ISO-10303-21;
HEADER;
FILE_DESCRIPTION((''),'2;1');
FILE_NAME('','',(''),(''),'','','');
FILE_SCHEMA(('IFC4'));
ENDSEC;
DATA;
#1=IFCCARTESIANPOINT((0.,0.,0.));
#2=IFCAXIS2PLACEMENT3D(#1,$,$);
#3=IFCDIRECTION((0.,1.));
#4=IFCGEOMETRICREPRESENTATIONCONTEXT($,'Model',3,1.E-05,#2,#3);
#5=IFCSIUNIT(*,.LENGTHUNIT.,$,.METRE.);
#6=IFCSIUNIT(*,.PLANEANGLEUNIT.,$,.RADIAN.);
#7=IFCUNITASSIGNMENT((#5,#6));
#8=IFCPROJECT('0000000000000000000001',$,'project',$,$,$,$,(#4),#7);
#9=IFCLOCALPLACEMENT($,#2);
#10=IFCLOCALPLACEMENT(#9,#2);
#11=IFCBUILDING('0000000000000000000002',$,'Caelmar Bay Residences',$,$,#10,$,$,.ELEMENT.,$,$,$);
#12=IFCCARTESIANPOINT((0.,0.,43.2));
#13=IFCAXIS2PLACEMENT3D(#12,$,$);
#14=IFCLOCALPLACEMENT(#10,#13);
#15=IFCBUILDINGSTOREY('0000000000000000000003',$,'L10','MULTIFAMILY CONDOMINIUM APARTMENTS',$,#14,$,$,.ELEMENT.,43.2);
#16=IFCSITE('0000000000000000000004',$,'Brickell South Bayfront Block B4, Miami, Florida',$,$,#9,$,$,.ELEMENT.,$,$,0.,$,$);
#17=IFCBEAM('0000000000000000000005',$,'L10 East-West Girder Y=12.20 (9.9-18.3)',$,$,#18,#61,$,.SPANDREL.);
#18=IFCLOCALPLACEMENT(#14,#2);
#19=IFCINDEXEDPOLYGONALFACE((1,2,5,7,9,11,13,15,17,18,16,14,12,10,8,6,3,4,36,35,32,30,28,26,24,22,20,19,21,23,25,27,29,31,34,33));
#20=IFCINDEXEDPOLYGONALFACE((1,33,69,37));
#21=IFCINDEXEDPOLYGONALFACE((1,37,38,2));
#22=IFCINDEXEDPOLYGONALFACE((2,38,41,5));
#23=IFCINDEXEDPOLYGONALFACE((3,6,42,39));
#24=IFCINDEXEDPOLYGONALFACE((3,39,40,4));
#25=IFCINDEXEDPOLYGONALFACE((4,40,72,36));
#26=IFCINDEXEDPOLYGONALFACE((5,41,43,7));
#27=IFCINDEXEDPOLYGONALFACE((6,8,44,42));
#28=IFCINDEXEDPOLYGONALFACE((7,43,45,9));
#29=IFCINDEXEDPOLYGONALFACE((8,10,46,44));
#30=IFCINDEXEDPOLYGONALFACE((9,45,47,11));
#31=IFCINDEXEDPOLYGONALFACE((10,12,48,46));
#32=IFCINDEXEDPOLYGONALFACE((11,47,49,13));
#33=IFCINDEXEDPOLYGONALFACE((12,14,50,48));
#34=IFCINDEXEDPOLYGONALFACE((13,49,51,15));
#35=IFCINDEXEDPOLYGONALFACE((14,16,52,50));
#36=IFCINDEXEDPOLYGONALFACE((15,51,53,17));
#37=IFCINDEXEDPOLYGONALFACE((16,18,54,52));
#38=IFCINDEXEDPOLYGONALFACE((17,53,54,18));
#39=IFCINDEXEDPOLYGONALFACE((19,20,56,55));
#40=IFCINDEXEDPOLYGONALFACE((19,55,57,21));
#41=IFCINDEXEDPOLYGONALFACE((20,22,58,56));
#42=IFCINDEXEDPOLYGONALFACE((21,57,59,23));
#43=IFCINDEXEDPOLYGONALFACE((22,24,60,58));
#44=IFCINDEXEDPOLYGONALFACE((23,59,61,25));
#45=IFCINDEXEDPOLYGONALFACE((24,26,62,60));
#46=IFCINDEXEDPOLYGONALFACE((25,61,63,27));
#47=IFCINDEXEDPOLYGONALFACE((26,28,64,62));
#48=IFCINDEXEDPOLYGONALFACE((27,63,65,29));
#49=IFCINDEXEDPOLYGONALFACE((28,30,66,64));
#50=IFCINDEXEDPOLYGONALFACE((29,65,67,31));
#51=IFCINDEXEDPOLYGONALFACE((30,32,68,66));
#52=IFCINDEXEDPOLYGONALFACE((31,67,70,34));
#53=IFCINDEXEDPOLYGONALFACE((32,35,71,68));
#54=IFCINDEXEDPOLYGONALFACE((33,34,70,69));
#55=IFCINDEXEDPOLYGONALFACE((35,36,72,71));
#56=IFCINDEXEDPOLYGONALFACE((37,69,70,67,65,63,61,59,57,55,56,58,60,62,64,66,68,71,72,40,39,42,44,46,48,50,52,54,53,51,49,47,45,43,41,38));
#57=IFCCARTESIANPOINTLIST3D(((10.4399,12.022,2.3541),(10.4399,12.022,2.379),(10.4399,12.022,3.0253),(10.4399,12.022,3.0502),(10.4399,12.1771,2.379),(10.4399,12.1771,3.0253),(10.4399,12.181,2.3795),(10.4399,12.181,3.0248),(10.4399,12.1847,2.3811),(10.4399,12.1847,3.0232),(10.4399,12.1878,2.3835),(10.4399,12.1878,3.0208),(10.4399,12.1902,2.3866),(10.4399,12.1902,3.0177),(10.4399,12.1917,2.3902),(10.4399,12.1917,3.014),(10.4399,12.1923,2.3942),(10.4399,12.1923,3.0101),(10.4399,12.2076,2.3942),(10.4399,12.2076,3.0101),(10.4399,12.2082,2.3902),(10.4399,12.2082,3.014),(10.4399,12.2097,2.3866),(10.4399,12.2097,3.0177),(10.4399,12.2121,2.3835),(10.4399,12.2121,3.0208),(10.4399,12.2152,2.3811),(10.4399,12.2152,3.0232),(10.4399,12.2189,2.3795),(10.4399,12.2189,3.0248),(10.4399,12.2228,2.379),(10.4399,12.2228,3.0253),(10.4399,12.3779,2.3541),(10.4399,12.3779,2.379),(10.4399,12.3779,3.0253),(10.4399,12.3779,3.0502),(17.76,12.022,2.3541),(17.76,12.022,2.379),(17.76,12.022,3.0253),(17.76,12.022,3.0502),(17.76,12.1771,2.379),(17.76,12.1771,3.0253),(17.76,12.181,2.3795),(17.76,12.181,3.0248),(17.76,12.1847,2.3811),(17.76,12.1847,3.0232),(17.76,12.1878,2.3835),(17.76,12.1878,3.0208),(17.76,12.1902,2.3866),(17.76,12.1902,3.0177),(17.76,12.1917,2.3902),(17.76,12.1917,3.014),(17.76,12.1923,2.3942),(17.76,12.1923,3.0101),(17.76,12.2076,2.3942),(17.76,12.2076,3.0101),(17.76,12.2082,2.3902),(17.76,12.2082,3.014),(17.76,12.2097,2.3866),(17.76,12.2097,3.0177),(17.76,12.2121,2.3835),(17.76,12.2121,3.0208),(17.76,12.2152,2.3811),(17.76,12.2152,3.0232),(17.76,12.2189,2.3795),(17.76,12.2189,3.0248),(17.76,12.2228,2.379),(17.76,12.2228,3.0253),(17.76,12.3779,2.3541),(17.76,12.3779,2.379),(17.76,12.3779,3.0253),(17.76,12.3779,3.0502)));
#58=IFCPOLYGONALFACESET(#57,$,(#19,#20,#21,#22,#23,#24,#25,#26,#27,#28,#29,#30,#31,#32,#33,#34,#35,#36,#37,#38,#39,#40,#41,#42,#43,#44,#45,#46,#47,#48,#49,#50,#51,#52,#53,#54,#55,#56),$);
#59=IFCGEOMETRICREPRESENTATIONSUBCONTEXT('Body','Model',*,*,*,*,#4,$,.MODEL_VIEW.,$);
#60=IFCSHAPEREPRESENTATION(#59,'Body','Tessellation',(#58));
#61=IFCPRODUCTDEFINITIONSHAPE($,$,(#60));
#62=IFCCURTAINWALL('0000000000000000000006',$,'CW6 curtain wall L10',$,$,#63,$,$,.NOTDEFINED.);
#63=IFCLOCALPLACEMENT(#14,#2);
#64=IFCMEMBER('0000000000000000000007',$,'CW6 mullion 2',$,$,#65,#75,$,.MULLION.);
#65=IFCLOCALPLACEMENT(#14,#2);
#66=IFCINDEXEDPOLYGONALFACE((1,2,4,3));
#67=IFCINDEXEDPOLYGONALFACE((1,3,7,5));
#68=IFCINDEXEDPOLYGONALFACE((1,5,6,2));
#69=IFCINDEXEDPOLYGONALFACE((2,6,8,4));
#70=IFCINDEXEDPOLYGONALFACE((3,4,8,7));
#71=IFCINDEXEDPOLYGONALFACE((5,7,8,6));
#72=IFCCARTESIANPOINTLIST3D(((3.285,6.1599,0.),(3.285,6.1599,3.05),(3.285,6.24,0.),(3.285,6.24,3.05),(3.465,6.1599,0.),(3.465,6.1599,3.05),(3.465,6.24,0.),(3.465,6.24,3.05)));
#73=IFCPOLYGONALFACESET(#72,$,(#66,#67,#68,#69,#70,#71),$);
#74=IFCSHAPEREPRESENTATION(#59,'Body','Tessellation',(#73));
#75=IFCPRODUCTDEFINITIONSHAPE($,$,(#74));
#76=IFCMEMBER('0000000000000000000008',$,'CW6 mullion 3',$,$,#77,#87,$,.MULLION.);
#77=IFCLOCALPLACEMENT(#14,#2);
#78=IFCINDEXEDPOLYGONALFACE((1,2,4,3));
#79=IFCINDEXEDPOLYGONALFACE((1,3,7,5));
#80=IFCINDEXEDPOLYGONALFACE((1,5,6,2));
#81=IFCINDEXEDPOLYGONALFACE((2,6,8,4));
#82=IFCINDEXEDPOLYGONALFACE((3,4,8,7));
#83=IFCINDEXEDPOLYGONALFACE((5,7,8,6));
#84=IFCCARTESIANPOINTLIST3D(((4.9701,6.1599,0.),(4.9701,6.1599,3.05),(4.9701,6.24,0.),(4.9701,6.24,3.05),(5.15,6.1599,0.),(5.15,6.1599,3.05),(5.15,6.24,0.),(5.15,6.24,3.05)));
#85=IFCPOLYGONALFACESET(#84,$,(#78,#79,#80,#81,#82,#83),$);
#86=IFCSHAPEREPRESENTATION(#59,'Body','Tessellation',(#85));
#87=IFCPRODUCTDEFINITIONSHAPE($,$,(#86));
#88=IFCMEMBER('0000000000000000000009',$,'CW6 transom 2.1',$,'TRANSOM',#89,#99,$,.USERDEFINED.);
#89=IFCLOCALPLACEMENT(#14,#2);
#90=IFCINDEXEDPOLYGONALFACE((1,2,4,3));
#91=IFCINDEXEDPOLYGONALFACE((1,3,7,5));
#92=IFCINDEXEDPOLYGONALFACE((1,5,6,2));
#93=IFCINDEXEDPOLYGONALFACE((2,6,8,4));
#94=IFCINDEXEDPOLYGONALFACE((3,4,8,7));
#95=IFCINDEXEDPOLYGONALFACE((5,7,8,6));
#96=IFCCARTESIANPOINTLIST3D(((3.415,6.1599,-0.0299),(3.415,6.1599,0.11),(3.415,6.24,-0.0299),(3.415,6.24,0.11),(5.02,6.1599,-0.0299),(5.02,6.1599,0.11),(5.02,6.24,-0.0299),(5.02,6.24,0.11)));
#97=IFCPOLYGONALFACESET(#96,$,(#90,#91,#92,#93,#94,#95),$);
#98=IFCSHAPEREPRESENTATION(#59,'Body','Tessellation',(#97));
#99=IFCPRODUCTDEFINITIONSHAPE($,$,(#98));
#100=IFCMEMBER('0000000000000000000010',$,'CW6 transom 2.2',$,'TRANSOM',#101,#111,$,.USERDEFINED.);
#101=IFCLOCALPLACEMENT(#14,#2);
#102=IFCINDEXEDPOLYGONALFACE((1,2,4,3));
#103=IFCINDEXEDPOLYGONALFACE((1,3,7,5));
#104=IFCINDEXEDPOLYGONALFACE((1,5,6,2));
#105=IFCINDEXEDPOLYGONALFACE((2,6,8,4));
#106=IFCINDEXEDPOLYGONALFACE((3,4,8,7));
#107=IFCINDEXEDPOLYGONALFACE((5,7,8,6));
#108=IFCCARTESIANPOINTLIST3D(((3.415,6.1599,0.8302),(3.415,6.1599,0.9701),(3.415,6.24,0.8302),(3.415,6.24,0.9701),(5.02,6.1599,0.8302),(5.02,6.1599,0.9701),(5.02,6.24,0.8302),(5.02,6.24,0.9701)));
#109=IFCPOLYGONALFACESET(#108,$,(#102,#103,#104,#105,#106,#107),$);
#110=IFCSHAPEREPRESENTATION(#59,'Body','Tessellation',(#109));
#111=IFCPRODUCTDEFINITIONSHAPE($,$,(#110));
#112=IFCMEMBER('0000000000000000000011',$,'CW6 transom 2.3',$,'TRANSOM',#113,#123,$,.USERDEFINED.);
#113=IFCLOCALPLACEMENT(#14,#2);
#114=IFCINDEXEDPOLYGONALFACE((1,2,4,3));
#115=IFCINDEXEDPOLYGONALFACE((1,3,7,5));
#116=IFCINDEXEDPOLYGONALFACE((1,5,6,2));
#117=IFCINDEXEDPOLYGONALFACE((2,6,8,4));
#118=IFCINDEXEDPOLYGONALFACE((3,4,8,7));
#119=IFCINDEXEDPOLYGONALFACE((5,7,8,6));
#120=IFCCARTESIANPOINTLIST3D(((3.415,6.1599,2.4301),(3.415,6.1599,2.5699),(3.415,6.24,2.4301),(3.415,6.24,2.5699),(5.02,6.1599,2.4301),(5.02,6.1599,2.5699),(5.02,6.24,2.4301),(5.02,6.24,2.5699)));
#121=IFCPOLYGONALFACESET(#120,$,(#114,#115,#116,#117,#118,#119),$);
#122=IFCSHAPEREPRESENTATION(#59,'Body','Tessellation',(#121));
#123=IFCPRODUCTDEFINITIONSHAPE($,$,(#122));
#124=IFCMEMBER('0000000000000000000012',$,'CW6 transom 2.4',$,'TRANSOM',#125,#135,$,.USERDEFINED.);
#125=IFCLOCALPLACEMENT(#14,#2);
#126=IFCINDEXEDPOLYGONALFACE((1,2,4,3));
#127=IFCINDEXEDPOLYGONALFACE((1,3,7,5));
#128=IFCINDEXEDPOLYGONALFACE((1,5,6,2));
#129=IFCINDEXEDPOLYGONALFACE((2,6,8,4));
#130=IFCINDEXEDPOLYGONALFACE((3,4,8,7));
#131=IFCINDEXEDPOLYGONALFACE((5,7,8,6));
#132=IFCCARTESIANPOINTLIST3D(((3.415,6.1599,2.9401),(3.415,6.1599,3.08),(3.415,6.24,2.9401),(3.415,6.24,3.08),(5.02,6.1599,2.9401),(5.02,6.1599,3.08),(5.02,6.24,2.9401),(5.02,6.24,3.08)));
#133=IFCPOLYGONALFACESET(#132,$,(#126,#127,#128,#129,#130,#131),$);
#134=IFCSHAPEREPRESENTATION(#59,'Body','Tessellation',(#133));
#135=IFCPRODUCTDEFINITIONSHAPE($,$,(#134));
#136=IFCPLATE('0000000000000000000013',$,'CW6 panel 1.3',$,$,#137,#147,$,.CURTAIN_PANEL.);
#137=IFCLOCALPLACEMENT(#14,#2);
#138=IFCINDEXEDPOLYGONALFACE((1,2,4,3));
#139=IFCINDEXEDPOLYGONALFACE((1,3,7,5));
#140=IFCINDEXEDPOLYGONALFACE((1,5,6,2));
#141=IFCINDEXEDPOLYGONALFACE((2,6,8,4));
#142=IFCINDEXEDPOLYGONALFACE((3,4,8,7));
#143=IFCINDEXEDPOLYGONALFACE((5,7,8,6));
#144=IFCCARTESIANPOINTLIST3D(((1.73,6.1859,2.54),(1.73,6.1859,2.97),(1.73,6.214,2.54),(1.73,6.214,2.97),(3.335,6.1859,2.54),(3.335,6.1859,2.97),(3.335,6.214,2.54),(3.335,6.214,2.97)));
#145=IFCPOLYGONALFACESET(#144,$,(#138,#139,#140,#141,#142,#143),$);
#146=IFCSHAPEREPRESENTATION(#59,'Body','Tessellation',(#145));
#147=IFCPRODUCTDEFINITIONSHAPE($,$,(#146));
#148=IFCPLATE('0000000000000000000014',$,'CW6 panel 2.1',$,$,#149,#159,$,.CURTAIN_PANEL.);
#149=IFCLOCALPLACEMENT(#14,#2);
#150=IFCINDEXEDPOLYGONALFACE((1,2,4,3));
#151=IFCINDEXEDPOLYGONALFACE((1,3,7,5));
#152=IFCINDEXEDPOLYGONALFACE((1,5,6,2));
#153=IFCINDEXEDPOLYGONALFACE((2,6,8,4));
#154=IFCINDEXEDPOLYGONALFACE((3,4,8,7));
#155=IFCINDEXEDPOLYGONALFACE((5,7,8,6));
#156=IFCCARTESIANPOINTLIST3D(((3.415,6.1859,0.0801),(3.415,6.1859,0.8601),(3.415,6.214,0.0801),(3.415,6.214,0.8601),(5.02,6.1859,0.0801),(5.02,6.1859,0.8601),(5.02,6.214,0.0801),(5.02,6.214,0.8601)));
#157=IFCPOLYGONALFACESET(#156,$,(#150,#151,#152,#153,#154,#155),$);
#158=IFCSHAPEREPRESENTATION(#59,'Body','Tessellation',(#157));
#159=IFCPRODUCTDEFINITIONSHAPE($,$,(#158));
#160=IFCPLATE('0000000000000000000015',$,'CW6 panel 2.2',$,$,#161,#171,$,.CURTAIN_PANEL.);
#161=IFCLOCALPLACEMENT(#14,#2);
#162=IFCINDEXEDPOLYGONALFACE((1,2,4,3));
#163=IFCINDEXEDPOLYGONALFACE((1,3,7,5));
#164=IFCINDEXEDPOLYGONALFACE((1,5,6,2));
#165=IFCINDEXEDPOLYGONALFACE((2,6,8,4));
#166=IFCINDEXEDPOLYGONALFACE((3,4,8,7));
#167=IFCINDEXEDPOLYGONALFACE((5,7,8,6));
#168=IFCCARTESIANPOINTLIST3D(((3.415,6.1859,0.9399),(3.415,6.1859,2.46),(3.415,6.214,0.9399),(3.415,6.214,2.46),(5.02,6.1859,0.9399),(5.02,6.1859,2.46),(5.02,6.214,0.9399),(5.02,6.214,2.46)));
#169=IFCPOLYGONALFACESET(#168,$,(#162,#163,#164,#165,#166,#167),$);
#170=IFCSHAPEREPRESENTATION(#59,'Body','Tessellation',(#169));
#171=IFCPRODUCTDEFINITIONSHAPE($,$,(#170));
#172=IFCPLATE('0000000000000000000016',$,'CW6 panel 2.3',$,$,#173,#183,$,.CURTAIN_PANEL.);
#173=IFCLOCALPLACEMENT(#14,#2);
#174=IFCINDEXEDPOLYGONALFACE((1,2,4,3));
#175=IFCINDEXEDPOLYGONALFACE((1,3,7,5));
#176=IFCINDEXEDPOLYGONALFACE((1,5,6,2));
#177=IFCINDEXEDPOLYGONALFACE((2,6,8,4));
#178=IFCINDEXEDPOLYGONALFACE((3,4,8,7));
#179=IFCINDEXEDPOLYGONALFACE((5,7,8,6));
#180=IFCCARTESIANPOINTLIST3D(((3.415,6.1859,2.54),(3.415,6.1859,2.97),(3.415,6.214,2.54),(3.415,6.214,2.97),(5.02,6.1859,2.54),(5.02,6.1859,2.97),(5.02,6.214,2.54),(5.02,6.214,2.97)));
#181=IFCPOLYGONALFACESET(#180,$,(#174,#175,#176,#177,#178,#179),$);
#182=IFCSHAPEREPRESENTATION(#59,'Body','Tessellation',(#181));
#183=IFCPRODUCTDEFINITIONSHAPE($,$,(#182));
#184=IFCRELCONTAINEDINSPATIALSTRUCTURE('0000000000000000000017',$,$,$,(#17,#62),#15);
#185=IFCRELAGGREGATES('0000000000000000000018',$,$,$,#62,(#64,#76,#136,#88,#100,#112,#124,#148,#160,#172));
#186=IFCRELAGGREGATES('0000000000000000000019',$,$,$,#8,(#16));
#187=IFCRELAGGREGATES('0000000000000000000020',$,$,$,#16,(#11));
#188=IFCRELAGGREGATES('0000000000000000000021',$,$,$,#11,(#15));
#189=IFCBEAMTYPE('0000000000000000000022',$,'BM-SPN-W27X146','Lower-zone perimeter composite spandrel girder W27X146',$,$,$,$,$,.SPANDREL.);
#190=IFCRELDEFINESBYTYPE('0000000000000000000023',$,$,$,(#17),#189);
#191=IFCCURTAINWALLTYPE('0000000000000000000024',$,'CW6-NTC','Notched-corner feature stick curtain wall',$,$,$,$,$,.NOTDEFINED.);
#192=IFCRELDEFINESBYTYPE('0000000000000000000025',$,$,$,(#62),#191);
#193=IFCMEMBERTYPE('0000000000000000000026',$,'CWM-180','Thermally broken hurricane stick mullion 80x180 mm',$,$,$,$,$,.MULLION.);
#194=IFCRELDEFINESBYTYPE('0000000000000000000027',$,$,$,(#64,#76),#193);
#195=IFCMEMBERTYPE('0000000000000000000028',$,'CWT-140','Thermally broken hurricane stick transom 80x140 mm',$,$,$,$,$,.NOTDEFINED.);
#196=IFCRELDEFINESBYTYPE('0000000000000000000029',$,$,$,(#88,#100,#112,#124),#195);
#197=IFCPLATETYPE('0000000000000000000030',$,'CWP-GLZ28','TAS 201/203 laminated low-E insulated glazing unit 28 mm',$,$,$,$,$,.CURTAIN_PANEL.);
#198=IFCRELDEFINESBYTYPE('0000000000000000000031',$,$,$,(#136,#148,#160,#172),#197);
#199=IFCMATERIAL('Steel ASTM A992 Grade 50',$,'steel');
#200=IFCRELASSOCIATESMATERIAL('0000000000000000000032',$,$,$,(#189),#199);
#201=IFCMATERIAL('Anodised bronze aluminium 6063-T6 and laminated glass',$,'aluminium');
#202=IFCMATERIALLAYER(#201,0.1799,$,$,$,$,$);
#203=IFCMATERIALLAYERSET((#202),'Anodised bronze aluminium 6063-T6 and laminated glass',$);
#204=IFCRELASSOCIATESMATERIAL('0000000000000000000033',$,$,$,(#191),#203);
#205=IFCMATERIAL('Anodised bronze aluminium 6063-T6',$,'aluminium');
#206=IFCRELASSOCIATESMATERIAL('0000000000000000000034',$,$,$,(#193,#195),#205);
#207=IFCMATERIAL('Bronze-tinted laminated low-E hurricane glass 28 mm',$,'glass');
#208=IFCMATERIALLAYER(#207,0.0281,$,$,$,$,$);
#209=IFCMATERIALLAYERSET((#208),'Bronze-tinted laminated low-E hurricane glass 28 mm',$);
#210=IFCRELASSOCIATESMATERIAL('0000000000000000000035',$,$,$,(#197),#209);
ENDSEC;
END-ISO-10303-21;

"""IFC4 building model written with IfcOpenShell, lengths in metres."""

from ifc_helpers import new_model, si_unit, direction, frame, origin, origin_2d, place, context, subcontext, project, spatial, rectangle, i_section, extrude, material, layer, layer_set, material_profile, profile_set, type_object, element, aggregate, save


model = new_model("IFC4")

# Units and contexts
model_context = context("Model", 3, precision=1e-05, world=origin(), true_north=direction((0.0, 1.0)))
body_context = subcontext(model_context, "Body", "Model", "MODEL_VIEW")
ifc_project = project(units=[si_unit("LENGTHUNIT", "METRE"), si_unit("PLANEANGLEUNIT", "RADIAN")], contexts=[model_context])

# Site, building, storey
site_placement = place(None, origin())
site = spatial("IfcSite", under=ifc_project, at=site_placement, Name="Brickell South Bayfront Block B4, Miami, Florida", CompositionType="ELEMENT", RefElevation=0.0)
building_placement = place(site_placement, origin())
building = spatial("IfcBuilding", under=site, at=building_placement, Name="Caelmar Bay Residences", CompositionType="ELEMENT")
storey_placement = place(building_placement, frame((0.0, 0.0, 43.2)))
storey = spatial("IfcBuildingStorey", under=building, at=storey_placement, Name="L10", Description="MULTIFAMILY CONDOMINIUM APARTMENTS", CompositionType="ELEMENT", Elevation=43.2)

# Beam
ifc_material_1 = material(Name="Steel ASTM A992 Grade 50", Category="steel")
ifc_material_profile_1 = material_profile(ifc_material_1, i_section(OverallWidth=0.356, OverallDepth=0.696, WebThickness=0.0154, FlangeThickness=0.0249, FilletRadius=0.0151, at=origin_2d()), Name="W27X146")
ifc_profile_set_1 = profile_set([ifc_material_profile_1], Name="Steel ASTM A992 Grade 50")
beam_type_1 = type_object("IfcBeamType", Name="BM-SPN-W27X146", Description="Lower-zone perimeter composite spandrel girder W27X146", PredefinedType="SPANDREL", material=ifc_profile_set_1)
beam_1_placement = place(storey_placement, frame((10.4399, 12.2, 2.7021), z_axis=(1.0, 0.0, 0.0), x_axis=(0.0, 1.0, 0.0)))
element("IfcBeam", 1, at=beam_1_placement, inside=storey, type_object=beam_type_1, Name="L10 East-West Girder Y=12.20 (9.9-18.3)", PredefinedType="SPANDREL", context=body_context, shape_type="SweptSolid", body=[
    extrude(i_section(OverallWidth=0.356, OverallDepth=0.696, WebThickness=0.0154, FlangeThickness=0.0249, FilletRadius=0.0151, at=origin_2d()), origin(), (0.0, 0.0, 1.0), 7.3201),
])

# Curtain wall, members, plates
ifc_material_2 = material(Name="Anodised bronze aluminium 6063-T6 and laminated glass", Category="aluminium")
ifc_layer_1 = layer(ifc_material_2, 0.1799)
ifc_layer_set_1 = layer_set([ifc_layer_1], Name="Anodised bronze aluminium 6063-T6 and laminated glass")
curtain_wall_type = type_object("IfcCurtainWallType", Name="CW6-NTC", Description="Notched-corner feature stick curtain wall", PredefinedType="NOTDEFINED", material=ifc_layer_set_1)
curtain_wall_placement = place(storey_placement, origin())
curtain_wall = element("IfcCurtainWall", 2, at=curtain_wall_placement, inside=storey, type_object=curtain_wall_type, Name="CW6 curtain wall L10", PredefinedType="NOTDEFINED")
ifc_material_3 = material(Name="Anodised bronze aluminium 6063-T6", Category="aluminium")
ifc_material_profile_2 = material_profile(ifc_material_3, rectangle(XDim=0.0801, YDim=0.1799, at=origin_2d()), Name="CWM-80X180")
ifc_profile_set_2 = profile_set([ifc_material_profile_2], Name="Anodised bronze aluminium 6063-T6")
member_type_1 = type_object("IfcMemberType", Name="CWM-180", Description="Thermally broken hurricane stick mullion 80x180 mm", PredefinedType="MULLION", material=ifc_profile_set_2)
member_1_placement = place(storey_placement, frame((3.375, 6.2, 0.0), z_axis=(0.0, 0.0, 1.0), x_axis=(0.0, 1.0, 0.0)))
member_1 = element("IfcMember", 3, at=member_1_placement, type_object=member_type_1, Name="CW6 mullion 2", PredefinedType="MULLION", context=body_context, shape_type="SweptSolid", body=[
    extrude(rectangle(XDim=0.0801, YDim=0.1799, at=origin_2d()), origin(), (0.0, 0.0, 1.0), 3.05),
])
member_2_placement = place(storey_placement, frame((5.0601, 6.2, 0.0), z_axis=(0.0, 0.0, 1.0), x_axis=(0.0, 1.0, 0.0)))
member_2 = element("IfcMember", 4, at=member_2_placement, type_object=member_type_1, Name="CW6 mullion 3", PredefinedType="MULLION", context=body_context, shape_type="SweptSolid", body=[
    extrude(rectangle(XDim=0.0801, YDim=0.1799, at=origin_2d()), origin(), (0.0, 0.0, 1.0), 3.05),
])
ifc_material_profile_3 = material_profile(ifc_material_3, rectangle(XDim=0.0801, YDim=0.1399, at=origin_2d()), Name="CWT-80X140")
ifc_profile_set_3 = profile_set([ifc_material_profile_3], Name="Anodised bronze aluminium 6063-T6")
member_type_2 = type_object("IfcMemberType", Name="CWT-140", Description="Thermally broken hurricane stick transom 80x140 mm", PredefinedType="NOTDEFINED", material=ifc_profile_set_3)
member_3_placement = place(storey_placement, frame((3.415, 6.2, 0.04), z_axis=(1.0, 0.0, 0.0), x_axis=(0.0, 1.0, 0.0)))
member_3 = element("IfcMember", 5, at=member_3_placement, type_object=member_type_2, Name="CW6 transom 2.1", ObjectType="TRANSOM", PredefinedType="USERDEFINED", context=body_context, shape_type="SweptSolid", body=[
    extrude(rectangle(XDim=0.0801, YDim=0.1399, at=origin_2d()), origin(), (0.0, 0.0, 1.0), 1.605),
])
member_4_placement = place(storey_placement, frame((3.415, 6.2, 0.9001), z_axis=(1.0, 0.0, 0.0), x_axis=(0.0, 1.0, 0.0)))
member_4 = element("IfcMember", 6, at=member_4_placement, type_object=member_type_2, Name="CW6 transom 2.2", ObjectType="TRANSOM", PredefinedType="USERDEFINED", context=body_context, shape_type="SweptSolid", body=[
    extrude(rectangle(XDim=0.0801, YDim=0.1399, at=origin_2d()), origin(), (0.0, 0.0, 1.0), 1.605),
])
member_5_placement = place(storey_placement, frame((3.415, 6.2, 2.5), z_axis=(1.0, 0.0, 0.0), x_axis=(0.0, 1.0, 0.0)))
member_5 = element("IfcMember", 7, at=member_5_placement, type_object=member_type_2, Name="CW6 transom 2.3", ObjectType="TRANSOM", PredefinedType="USERDEFINED", context=body_context, shape_type="SweptSolid", body=[
    extrude(rectangle(XDim=0.0801, YDim=0.1399, at=origin_2d()), origin(), (0.0, 0.0, 1.0), 1.605),
])
member_6_placement = place(storey_placement, frame((3.415, 6.2, 3.01), z_axis=(1.0, 0.0, 0.0), x_axis=(0.0, 1.0, 0.0)))
member_6 = element("IfcMember", 8, at=member_6_placement, type_object=member_type_2, Name="CW6 transom 2.4", ObjectType="TRANSOM", PredefinedType="USERDEFINED", context=body_context, shape_type="SweptSolid", body=[
    extrude(rectangle(XDim=0.0801, YDim=0.1399, at=origin_2d()), origin(), (0.0, 0.0, 1.0), 1.605),
])
ifc_material_4 = material(Name="Bronze-tinted laminated low-E hurricane glass 28 mm", Category="glass")
ifc_layer_2 = layer(ifc_material_4, 0.0281)
ifc_layer_set_2 = layer_set([ifc_layer_2], Name="Bronze-tinted laminated low-E hurricane glass 28 mm")
plate_type = type_object("IfcPlateType", Name="CWP-GLZ28", Description="TAS 201/203 laminated low-E insulated glazing unit 28 mm", PredefinedType="CURTAIN_PANEL", material=ifc_layer_set_2)
plate_1_placement = place(storey_placement, frame((2.5325, 6.2, 2.54), z_axis=(0.0, 0.0, 1.0), x_axis=(1.0, 0.0, 0.0)))
plate_1 = element("IfcPlate", 9, at=plate_1_placement, type_object=plate_type, Name="CW6 panel 1.3", PredefinedType="CURTAIN_PANEL", context=body_context, shape_type="SweptSolid", body=[
    extrude(rectangle(XDim=1.605, YDim=0.0281, at=origin_2d()), origin(), (0.0, 0.0, 1.0), 0.4299),
])
plate_2_placement = place(storey_placement, frame((4.2175, 6.2, 0.0801), z_axis=(0.0, 0.0, 1.0), x_axis=(1.0, 0.0, 0.0)))
plate_2 = element("IfcPlate", 10, at=plate_2_placement, type_object=plate_type, Name="CW6 panel 2.1", PredefinedType="CURTAIN_PANEL", context=body_context, shape_type="SweptSolid", body=[
    extrude(rectangle(XDim=1.605, YDim=0.0281, at=origin_2d()), origin(), (0.0, 0.0, 1.0), 0.78),
])
plate_3_placement = place(storey_placement, frame((4.2175, 6.2, 0.9399), z_axis=(0.0, 0.0, 1.0), x_axis=(1.0, 0.0, 0.0)))
plate_3 = element("IfcPlate", 11, at=plate_3_placement, type_object=plate_type, Name="CW6 panel 2.2", PredefinedType="CURTAIN_PANEL", context=body_context, shape_type="SweptSolid", body=[
    extrude(rectangle(XDim=1.605, YDim=0.0281, at=origin_2d()), origin(), (0.0, 0.0, 1.0), 1.52),
])
plate_4_placement = place(storey_placement, frame((4.2175, 6.2, 2.54), z_axis=(0.0, 0.0, 1.0), x_axis=(1.0, 0.0, 0.0)))
plate_4 = element("IfcPlate", 12, at=plate_4_placement, type_object=plate_type, Name="CW6 panel 2.3", PredefinedType="CURTAIN_PANEL", context=body_context, shape_type="SweptSolid", body=[
    extrude(rectangle(XDim=1.605, YDim=0.0281, at=origin_2d()), origin(), (0.0, 0.0, 1.0), 0.4299),
])
aggregate(curtain_wall, [member_1, member_2, plate_1, member_3, member_4, member_5, member_6, plate_2, plate_3, plate_4])

save(model, "model.ifc")
